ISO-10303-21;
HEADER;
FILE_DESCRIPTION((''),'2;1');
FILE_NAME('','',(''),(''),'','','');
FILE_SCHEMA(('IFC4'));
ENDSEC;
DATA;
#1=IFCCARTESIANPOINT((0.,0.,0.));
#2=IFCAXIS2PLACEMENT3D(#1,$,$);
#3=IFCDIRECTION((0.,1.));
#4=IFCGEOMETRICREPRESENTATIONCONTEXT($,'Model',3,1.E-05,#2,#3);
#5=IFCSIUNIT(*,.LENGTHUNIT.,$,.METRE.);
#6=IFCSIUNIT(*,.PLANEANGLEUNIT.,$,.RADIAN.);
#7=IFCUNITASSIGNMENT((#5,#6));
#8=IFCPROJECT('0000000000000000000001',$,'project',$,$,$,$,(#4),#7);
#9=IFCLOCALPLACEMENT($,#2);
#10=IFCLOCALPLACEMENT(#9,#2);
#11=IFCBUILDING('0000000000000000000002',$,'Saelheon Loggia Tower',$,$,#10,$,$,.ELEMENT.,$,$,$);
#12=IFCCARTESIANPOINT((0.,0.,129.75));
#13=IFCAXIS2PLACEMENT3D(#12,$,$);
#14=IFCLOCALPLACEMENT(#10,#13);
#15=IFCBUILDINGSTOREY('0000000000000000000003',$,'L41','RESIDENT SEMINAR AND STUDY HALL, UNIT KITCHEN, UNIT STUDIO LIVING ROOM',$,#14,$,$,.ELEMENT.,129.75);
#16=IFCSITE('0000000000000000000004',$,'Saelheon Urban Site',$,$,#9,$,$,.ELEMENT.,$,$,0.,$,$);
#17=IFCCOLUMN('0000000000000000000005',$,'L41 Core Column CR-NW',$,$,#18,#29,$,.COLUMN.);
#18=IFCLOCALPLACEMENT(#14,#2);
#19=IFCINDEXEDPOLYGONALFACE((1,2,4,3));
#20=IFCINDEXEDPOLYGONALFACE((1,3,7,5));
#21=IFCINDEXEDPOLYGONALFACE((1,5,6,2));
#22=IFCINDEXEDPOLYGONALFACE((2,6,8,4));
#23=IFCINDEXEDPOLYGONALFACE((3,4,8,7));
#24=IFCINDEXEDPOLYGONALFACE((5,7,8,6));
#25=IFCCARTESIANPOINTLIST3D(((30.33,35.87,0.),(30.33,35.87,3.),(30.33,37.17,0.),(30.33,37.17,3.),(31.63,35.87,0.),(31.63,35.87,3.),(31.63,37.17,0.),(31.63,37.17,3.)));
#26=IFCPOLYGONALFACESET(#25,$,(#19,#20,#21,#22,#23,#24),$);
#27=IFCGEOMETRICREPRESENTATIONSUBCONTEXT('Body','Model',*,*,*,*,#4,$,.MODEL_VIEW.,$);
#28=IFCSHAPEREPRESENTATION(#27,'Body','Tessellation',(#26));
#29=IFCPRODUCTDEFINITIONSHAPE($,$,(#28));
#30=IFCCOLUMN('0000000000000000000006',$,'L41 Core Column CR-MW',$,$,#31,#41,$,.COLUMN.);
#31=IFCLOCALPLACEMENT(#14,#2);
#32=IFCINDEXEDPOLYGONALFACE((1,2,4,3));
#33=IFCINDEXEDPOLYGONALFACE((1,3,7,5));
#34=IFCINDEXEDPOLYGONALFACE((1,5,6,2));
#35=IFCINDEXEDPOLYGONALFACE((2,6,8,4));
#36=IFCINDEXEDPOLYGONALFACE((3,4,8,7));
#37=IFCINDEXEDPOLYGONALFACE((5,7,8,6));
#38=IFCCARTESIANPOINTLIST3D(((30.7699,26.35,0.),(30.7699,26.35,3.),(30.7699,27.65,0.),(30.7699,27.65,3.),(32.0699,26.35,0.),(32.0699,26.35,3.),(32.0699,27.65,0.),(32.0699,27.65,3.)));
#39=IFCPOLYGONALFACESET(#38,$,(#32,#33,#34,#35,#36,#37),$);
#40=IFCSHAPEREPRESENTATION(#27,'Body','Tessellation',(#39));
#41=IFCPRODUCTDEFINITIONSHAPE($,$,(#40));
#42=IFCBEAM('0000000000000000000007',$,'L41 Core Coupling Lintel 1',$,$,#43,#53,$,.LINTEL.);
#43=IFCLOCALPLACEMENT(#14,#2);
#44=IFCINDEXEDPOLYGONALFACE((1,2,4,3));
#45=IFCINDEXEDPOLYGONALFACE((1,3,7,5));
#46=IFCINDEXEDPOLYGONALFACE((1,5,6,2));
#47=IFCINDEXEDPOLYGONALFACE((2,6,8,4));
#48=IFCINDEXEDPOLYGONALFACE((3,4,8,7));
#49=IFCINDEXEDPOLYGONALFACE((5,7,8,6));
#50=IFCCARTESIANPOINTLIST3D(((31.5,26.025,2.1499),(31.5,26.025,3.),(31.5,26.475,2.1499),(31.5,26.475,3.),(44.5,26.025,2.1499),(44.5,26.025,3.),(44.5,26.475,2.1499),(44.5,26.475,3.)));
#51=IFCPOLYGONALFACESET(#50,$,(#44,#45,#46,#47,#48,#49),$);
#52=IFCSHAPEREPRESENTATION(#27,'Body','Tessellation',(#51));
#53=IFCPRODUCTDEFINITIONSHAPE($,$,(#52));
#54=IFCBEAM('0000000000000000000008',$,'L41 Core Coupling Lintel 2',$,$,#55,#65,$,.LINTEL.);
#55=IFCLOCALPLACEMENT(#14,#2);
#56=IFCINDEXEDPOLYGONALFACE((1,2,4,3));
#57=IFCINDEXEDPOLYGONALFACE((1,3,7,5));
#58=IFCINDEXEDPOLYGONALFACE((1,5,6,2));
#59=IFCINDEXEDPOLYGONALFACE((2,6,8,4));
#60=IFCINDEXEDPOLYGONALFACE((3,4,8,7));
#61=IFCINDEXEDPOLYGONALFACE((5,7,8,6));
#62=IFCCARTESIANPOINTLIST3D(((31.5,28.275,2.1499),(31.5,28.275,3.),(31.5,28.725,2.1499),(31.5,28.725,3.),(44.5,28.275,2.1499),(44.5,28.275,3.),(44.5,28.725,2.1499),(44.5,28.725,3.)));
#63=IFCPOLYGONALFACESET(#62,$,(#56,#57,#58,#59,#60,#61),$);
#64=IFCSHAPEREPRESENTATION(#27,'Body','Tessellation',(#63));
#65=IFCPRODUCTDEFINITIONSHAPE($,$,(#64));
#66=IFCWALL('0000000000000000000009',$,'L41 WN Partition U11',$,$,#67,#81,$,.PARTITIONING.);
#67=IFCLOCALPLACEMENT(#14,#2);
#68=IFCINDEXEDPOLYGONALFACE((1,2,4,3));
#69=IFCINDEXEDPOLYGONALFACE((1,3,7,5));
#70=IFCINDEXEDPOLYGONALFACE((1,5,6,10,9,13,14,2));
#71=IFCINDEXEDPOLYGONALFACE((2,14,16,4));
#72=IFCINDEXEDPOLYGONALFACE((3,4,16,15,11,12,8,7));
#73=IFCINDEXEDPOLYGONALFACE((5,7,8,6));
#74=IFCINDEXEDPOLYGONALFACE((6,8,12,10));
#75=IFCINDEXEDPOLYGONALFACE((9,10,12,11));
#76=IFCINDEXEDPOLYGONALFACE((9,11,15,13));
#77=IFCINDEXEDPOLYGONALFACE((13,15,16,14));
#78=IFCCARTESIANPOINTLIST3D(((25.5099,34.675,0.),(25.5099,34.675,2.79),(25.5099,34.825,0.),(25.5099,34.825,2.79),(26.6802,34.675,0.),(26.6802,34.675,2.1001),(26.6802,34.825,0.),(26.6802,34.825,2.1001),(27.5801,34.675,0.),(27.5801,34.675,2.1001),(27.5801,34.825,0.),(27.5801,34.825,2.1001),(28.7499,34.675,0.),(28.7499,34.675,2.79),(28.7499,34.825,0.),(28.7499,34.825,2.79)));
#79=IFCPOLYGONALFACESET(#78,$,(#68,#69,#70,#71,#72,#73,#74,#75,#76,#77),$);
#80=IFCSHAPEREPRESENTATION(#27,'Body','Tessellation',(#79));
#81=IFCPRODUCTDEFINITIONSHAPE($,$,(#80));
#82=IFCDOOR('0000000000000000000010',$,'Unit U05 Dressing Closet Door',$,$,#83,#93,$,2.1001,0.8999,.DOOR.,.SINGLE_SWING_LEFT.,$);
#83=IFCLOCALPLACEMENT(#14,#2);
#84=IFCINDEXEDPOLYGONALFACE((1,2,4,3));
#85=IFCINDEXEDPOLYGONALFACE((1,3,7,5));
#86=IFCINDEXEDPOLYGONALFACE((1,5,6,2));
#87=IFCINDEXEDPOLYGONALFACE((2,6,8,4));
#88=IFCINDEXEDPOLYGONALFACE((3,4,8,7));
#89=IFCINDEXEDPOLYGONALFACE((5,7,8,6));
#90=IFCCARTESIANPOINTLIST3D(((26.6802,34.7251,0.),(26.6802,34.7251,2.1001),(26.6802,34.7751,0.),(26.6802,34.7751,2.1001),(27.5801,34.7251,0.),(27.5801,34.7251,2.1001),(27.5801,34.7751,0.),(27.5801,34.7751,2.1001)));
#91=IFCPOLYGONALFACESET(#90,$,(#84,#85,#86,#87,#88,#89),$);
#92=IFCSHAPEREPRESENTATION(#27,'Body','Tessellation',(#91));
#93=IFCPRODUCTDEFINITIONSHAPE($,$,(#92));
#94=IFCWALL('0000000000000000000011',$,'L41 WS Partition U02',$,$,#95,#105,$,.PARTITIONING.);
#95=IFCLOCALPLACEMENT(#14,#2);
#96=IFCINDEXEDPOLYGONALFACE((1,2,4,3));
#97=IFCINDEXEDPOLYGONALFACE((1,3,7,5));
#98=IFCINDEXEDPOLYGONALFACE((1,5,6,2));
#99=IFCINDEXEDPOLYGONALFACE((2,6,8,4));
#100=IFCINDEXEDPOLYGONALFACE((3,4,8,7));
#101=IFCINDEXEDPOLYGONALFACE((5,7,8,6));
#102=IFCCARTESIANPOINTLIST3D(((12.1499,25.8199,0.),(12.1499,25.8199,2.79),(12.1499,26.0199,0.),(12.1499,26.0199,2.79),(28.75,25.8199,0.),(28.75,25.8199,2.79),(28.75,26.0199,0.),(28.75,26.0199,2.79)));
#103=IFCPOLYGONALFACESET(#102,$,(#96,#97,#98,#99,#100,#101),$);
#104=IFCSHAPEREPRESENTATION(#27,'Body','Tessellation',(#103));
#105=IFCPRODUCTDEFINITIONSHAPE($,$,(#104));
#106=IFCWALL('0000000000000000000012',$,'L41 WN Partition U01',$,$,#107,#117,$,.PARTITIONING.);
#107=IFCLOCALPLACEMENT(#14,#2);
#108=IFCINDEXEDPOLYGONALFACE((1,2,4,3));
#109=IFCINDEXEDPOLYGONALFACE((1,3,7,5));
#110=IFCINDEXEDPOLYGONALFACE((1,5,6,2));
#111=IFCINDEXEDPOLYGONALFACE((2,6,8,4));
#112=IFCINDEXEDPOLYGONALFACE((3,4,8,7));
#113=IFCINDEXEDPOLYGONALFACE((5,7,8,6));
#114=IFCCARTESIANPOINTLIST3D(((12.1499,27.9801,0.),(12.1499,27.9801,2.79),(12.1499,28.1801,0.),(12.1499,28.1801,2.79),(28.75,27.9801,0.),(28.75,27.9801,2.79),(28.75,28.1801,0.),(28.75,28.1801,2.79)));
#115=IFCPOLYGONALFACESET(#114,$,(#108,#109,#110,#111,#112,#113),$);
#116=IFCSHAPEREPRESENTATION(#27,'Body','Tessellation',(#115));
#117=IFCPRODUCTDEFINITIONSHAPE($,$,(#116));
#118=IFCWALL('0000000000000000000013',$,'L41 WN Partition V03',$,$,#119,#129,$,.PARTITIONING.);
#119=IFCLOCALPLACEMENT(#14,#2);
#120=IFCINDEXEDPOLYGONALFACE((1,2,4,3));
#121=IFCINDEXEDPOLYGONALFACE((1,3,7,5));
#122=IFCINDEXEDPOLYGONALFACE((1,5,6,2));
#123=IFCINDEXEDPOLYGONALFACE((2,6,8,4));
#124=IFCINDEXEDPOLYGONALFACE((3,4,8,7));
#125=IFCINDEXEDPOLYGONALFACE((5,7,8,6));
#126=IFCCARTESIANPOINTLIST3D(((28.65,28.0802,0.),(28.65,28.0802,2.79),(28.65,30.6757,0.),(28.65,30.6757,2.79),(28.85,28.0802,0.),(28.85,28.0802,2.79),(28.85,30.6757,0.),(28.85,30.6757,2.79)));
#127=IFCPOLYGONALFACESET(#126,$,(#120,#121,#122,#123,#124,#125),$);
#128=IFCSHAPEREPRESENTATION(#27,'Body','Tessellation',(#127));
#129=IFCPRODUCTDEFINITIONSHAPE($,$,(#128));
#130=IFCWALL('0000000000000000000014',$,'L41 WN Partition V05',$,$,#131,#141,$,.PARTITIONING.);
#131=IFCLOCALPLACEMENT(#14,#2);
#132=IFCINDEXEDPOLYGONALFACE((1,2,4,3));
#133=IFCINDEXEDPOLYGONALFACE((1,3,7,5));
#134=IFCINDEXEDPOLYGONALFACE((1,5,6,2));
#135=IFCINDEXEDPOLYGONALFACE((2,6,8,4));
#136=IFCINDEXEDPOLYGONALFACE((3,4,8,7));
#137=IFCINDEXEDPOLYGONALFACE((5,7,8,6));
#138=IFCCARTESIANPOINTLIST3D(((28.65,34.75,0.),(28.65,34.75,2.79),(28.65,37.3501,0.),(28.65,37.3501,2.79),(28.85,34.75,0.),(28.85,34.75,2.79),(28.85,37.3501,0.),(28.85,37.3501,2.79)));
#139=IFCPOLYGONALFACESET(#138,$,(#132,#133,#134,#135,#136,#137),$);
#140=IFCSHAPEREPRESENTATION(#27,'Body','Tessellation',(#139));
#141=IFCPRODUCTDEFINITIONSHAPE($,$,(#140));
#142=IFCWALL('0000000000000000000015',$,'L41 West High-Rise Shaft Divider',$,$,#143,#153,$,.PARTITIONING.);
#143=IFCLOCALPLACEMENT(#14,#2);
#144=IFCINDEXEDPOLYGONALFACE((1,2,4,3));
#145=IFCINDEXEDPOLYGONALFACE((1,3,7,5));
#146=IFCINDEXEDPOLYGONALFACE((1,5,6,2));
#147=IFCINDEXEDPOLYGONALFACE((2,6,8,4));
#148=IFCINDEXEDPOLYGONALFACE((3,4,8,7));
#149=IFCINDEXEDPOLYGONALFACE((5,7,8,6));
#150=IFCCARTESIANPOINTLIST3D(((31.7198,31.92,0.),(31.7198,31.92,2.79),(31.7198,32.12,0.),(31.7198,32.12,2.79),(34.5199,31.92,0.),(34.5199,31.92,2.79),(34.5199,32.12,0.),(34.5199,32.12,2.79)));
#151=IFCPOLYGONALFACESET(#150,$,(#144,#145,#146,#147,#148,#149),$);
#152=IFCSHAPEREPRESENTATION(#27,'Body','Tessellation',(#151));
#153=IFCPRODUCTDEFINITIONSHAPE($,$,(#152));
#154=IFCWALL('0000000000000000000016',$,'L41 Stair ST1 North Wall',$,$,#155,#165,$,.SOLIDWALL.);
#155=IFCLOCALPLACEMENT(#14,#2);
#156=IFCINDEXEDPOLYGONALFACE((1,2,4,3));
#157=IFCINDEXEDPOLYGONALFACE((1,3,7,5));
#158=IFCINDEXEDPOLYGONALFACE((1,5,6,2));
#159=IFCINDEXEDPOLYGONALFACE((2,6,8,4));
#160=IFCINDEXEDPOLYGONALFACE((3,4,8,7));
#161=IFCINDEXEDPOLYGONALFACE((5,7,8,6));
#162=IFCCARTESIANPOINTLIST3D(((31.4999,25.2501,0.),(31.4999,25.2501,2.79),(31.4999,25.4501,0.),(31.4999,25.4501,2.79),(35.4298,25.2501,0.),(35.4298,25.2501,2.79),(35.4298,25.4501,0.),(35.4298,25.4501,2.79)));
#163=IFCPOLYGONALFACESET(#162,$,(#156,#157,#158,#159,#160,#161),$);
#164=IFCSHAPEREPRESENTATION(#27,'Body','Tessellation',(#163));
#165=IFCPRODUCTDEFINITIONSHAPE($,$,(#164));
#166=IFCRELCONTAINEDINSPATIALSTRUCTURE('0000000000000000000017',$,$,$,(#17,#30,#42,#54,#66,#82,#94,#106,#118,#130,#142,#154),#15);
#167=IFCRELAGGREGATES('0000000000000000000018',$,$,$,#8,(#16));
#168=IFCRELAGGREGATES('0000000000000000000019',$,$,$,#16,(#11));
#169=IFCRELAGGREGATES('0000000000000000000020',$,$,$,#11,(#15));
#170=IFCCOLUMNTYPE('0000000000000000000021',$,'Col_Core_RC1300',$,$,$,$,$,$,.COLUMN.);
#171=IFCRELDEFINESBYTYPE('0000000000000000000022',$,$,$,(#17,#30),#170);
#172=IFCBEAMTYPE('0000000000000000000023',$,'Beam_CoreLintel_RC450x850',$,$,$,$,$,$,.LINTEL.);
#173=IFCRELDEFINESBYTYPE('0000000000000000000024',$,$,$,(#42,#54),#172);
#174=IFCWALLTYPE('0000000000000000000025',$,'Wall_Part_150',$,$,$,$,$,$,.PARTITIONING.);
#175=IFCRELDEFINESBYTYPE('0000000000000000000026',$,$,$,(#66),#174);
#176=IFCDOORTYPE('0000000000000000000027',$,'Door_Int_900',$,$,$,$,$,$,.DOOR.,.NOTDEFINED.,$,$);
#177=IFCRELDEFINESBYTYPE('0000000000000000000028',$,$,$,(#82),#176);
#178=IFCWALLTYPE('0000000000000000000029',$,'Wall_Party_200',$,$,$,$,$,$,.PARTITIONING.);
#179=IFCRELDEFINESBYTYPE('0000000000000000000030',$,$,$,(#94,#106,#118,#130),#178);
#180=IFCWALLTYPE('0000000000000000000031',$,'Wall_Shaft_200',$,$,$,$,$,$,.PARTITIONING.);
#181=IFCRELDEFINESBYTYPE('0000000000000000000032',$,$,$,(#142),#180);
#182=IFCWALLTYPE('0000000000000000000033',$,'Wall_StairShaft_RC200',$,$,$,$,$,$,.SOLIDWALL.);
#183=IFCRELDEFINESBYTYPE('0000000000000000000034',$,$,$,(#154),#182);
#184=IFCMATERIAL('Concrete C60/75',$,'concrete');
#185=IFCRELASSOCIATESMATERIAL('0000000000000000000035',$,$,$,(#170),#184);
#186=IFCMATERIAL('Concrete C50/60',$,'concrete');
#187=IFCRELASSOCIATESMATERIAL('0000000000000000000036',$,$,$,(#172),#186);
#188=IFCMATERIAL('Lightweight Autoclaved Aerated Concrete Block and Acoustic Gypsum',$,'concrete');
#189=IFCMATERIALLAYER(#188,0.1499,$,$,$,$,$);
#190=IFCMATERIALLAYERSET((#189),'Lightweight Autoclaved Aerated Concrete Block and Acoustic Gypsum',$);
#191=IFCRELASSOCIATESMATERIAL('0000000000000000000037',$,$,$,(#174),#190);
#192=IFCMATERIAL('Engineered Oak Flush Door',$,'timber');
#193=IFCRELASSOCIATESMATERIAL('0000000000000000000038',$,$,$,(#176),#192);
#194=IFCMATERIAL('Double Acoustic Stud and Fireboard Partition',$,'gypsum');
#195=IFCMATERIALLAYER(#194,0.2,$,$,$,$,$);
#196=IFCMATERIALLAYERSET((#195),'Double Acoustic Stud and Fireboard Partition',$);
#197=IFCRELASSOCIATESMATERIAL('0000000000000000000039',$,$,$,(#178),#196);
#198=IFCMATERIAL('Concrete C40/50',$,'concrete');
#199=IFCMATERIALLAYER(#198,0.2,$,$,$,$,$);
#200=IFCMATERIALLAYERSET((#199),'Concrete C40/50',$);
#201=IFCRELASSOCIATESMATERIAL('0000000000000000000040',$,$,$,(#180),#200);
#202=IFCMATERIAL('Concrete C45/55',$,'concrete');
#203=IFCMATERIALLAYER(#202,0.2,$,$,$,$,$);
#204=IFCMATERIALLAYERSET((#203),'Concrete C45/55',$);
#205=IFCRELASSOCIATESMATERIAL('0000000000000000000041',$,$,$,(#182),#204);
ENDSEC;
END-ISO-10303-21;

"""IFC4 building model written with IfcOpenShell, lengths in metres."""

from ifc_helpers import new_model, si_unit, direction, frame, frame_2d, origin, origin_2d, place, context, subcontext, project, spatial, rectangle, extrude, source, transform, mapped, material, layer, layer_set, material_profile, profile_set, type_object, element, fill, save


model = new_model("IFC4")

# Units and contexts
model_context = context("Model", 3, precision=1e-05, world=origin(), true_north=direction((0.0, 1.0)))
body_context = subcontext(model_context, "Body", "Model", "MODEL_VIEW")
ifc_project = project(units=[si_unit("LENGTHUNIT", "METRE"), si_unit("PLANEANGLEUNIT", "RADIAN")], contexts=[model_context])

# Site, building, storey
site_placement = place(None, origin())
site = spatial("IfcSite", under=ifc_project, at=site_placement, Name="Saelheon Urban Site", CompositionType="ELEMENT", RefElevation=0.0)
building_placement = place(site_placement, origin())
building = spatial("IfcBuilding", under=site, at=building_placement, Name="Saelheon Loggia Tower", CompositionType="ELEMENT")
storey_placement = place(building_placement, frame((0.0, 0.0, 129.75)))
storey = spatial("IfcBuildingStorey", under=building, at=storey_placement, Name="L41", Description="RESIDENT SEMINAR AND STUDY HALL, UNIT KITCHEN, UNIT STUDIO LIVING ROOM", CompositionType="ELEMENT", Elevation=129.75)

# Columns
ifc_material_1 = material(Name="Concrete C60/75", Category="concrete")
ifc_material_profile_1 = material_profile(ifc_material_1, rectangle(XDim=1.3, YDim=1.3, at=origin_2d()), Name="RC-1300x1300")
ifc_profile_set_1 = profile_set([ifc_material_profile_1], Name="Concrete C60/75")
column_type = type_object("IfcColumnType", Name="Col_Core_RC1300", PredefinedType="COLUMN", material=ifc_profile_set_1)
shared_shape_1 = source(origin(), body_context, "Body", "SweptSolid", [
    extrude(rectangle(XDim=1.3, YDim=1.3, at=origin_2d()), origin(), (0.0, 0.0, 1.0), 3.0),
])
for number, where, z_axis, x_axis, name in (
    (1, (30.98, 36.52, 0.0), (0.0, 0.0, 1.0), (1.0, 0.0, 0.0), "L41 Core Column CR-NW"),
    (2, (31.4199, 27.0, 0.0), (0.0, 0.0, 1.0), (1.0, 0.0, 0.0), "L41 Core Column CR-MW"),
):
    element("IfcColumn", number, at=place(storey_placement, frame(where, z_axis=z_axis, x_axis=x_axis)), inside=storey, type_object=column_type, Name=name, PredefinedType="COLUMN", context=body_context, shape_type="MappedRepresentation", body=[
        mapped(shared_shape_1, transform((0.0, 0.0, 0.0), scale=1.0)),
    ])

# Beams
ifc_material_2 = material(Name="Concrete C50/60", Category="concrete")
ifc_material_profile_2 = material_profile(ifc_material_2, rectangle(XDim=0.45, YDim=0.8501, at=origin_2d()), Name="RC-450x850")
ifc_profile_set_2 = profile_set([ifc_material_profile_2], Name="Concrete C50/60")
beam_type = type_object("IfcBeamType", Name="Beam_CoreLintel_RC450x850", PredefinedType="LINTEL", material=ifc_profile_set_2)
shared_shape_2 = source(origin(), body_context, "Body", "SweptSolid", [
    extrude(rectangle(XDim=0.45, YDim=0.8501, at=origin_2d()), origin(), (0.0, 0.0, 1.0), 13.0),
])
for number, where, z_axis, x_axis, name in (
    (3, (31.5, 26.25, 2.575), (1.0, 0.0, 0.0), (0.0, 1.0, 0.0), "L41 Core Coupling Lintel 1"),
    (4, (31.5, 28.5, 2.575), (1.0, 0.0, 0.0), (0.0, 1.0, 0.0), "L41 Core Coupling Lintel 2"),
):
    element("IfcBeam", number, at=place(storey_placement, frame(where, z_axis=z_axis, x_axis=x_axis)), inside=storey, type_object=beam_type, Name=name, PredefinedType="LINTEL", context=body_context, shape_type="MappedRepresentation", body=[
        mapped(shared_shape_2, transform((0.0, 0.0, 0.0), scale=1.0)),
    ])

# Wall, opening, door
ifc_material_3 = material(Name="Lightweight Autoclaved Aerated Concrete Block and Acoustic Gypsum", Category="concrete")
ifc_layer_1 = layer(ifc_material_3, 0.1499)
ifc_layer_set_1 = layer_set([ifc_layer_1], Name="Lightweight Autoclaved Aerated Concrete Block and Acoustic Gypsum")
wall_type_1 = type_object("IfcWallType", Name="Wall_Part_150", PredefinedType="PARTITIONING", material=ifc_layer_set_1)
wall_1_placement = place(storey_placement, frame((28.75, 34.75, 0.0), z_axis=(0.0, 0.0, 1.0), x_axis=(-1.0, 0.0, 0.0)))
wall_1 = element("IfcWall", 5, at=wall_1_placement, inside=storey, type_object=wall_type_1, Name="L41 WN Partition U11", PredefinedType="PARTITIONING", context=body_context, shape_type="SweptSolid", body=[
    extrude(rectangle(XDim=3.24, YDim=0.1499, at=frame_2d((1.6201, 0.0))), origin(), (0.0, 0.0, 1.0), 2.79),
])
opening_1_placement = place(wall_1_placement, frame((1.1699, 0.0, 0.0)))
opening_1 = element("IfcOpeningElement", 6, at=opening_1_placement, cuts=wall_1, PredefinedType="OPENING", context=body_context, shape_type="SweptSolid", body=[
    extrude(rectangle(XDim=0.8999, YDim=2.1001, at=frame_2d((0.45, 1.05))), frame((0.0, 0.0869, 0.0), z_axis=(0.0, -1.0, 0.0), x_axis=(1.0, 0.0, 0.0)), (0.0, 0.0, 1.0), 0.1738),
])
ifc_material_4 = material(Name="Engineered Oak Flush Door", Category="timber")
door_type_1 = type_object("IfcDoorType", Name="Door_Int_900", OperationType="NOTDEFINED", PredefinedType="DOOR", material=ifc_material_4)
shared_shape_3 = source(origin(), body_context, "Body", "SweptSolid", [
    extrude(rectangle(XDim=0.8999, YDim=2.1001, at=frame_2d((0.45, 1.05))), frame((0.0, 0.0249, 0.0), z_axis=(0.0, -1.0, 0.0), x_axis=(1.0, 0.0, 0.0)), (0.0, 0.0, 1.0), 0.05),
])
door_1_placement = place(opening_1_placement, origin())
door_1 = element("IfcDoor", 7, at=door_1_placement, inside=storey, type_object=door_type_1, Name="Unit U05 Dressing Closet Door", OperationType="SINGLE_SWING_LEFT", OverallHeight=2.1001, OverallWidth=0.8999, PredefinedType="DOOR", context=body_context, shape_type="MappedRepresentation", body=[
    mapped(shared_shape_3, transform((0.0, 0.0, 0.0), scale=1.0)),
])
fill(opening_1, door_1)

# Walls
ifc_material_5 = material(Name="Double Acoustic Stud and Fireboard Partition", Category="gypsum")
ifc_layer_2 = layer(ifc_material_5, 0.2)
ifc_layer_set_2 = layer_set([ifc_layer_2], Name="Double Acoustic Stud and Fireboard Partition")
wall_type_2 = type_object("IfcWallType", Name="Wall_Party_200", PredefinedType="PARTITIONING", material=ifc_layer_set_2)
for number, where, z_axis, x_axis, name in (
    (8, (28.75, 25.9199, 0.0), (0.0, 0.0, 1.0), (-1.0, 0.0, 0.0), "L41 WS Partition U02"),
    (9, (28.75, 28.0801, 0.0), (0.0, 0.0, 1.0), (-1.0, 0.0, 0.0), "L41 WN Partition U01"),
):
    element("IfcWall", number, at=place(storey_placement, frame(where, z_axis=z_axis, x_axis=x_axis)), inside=storey, type_object=wall_type_2, Name=name, PredefinedType="PARTITIONING", context=body_context, shape_type="SweptSolid", body=[
        extrude(rectangle(XDim=16.6001, YDim=0.2, at=frame_2d((8.3, 0.0))), origin(), (0.0, 0.0, 1.0), 2.79),
    ])
wall_2_placement = place(storey_placement, frame((28.75, 28.0801, 0.0), z_axis=(0.0, 0.0, 1.0), x_axis=(0.0, 1.0, 0.0)))
element("IfcWall", 10, at=wall_2_placement, inside=storey, type_object=wall_type_2, Name="L41 WN Partition V03", PredefinedType="PARTITIONING", context=body_context, shape_type="SweptSolid", body=[
    extrude(rectangle(XDim=2.5955, YDim=0.2, at=frame_2d((1.2979, 0.0))), origin(), (0.0, 0.0, 1.0), 2.79),
])

# Walls
wall_3_placement = place(storey_placement, frame((28.75, 34.75, 0.0), z_axis=(0.0, 0.0, 1.0), x_axis=(0.0, 1.0, 0.0)))
element("IfcWall", 11, at=wall_3_placement, inside=storey, type_object=wall_type_2, Name="L41 WN Partition V05", PredefinedType="PARTITIONING", context=body_context, shape_type="SweptSolid", body=[
    extrude(rectangle(XDim=2.6001, YDim=0.2, at=frame_2d((1.3, 0.0))), origin(), (0.0, 0.0, 1.0), 2.79),
])
ifc_material_6 = material(Name="Concrete C40/50", Category="concrete")
ifc_layer_3 = layer(ifc_material_6, 0.2)
ifc_layer_set_3 = layer_set([ifc_layer_3], Name="Concrete C40/50")
wall_type_3 = type_object("IfcWallType", Name="Wall_Shaft_200", PredefinedType="PARTITIONING", material=ifc_layer_set_3)
wall_4_placement = place(storey_placement, frame((31.72, 32.02, 0.0), z_axis=(0.0, 0.0, 1.0), x_axis=(1.0, 0.0, 0.0)))
element("IfcWall", 12, at=wall_4_placement, inside=storey, type_object=wall_type_3, Name="L41 West High-Rise Shaft Divider", PredefinedType="PARTITIONING", context=body_context, shape_type="SweptSolid", body=[
    extrude(rectangle(XDim=2.8, YDim=0.2, at=frame_2d((1.3999, 0.0))), origin(), (0.0, 0.0, 1.0), 2.79),
])
ifc_material_7 = material(Name="Concrete C45/55", Category="concrete")
ifc_layer_4 = layer(ifc_material_7, 0.2)
ifc_layer_set_4 = layer_set([ifc_layer_4], Name="Concrete C45/55")
wall_type_4 = type_object("IfcWallType", Name="Wall_StairShaft_RC200", PredefinedType="SOLIDWALL", material=ifc_layer_set_4)
wall_5_placement = place(storey_placement, frame((31.5, 25.3501, 0.0), z_axis=(0.0, 0.0, 1.0), x_axis=(1.0, 0.0, 0.0)))
element("IfcWall", 13, at=wall_5_placement, inside=storey, type_object=wall_type_4, Name="L41 Stair ST1 North Wall", PredefinedType="SOLIDWALL", context=body_context, shape_type="SweptSolid", body=[
    extrude(rectangle(XDim=3.9299, YDim=0.2, at=frame_2d((1.9648, 0.0))), origin(), (0.0, 0.0, 1.0), 2.79),
])

save(model, "model.ifc")
